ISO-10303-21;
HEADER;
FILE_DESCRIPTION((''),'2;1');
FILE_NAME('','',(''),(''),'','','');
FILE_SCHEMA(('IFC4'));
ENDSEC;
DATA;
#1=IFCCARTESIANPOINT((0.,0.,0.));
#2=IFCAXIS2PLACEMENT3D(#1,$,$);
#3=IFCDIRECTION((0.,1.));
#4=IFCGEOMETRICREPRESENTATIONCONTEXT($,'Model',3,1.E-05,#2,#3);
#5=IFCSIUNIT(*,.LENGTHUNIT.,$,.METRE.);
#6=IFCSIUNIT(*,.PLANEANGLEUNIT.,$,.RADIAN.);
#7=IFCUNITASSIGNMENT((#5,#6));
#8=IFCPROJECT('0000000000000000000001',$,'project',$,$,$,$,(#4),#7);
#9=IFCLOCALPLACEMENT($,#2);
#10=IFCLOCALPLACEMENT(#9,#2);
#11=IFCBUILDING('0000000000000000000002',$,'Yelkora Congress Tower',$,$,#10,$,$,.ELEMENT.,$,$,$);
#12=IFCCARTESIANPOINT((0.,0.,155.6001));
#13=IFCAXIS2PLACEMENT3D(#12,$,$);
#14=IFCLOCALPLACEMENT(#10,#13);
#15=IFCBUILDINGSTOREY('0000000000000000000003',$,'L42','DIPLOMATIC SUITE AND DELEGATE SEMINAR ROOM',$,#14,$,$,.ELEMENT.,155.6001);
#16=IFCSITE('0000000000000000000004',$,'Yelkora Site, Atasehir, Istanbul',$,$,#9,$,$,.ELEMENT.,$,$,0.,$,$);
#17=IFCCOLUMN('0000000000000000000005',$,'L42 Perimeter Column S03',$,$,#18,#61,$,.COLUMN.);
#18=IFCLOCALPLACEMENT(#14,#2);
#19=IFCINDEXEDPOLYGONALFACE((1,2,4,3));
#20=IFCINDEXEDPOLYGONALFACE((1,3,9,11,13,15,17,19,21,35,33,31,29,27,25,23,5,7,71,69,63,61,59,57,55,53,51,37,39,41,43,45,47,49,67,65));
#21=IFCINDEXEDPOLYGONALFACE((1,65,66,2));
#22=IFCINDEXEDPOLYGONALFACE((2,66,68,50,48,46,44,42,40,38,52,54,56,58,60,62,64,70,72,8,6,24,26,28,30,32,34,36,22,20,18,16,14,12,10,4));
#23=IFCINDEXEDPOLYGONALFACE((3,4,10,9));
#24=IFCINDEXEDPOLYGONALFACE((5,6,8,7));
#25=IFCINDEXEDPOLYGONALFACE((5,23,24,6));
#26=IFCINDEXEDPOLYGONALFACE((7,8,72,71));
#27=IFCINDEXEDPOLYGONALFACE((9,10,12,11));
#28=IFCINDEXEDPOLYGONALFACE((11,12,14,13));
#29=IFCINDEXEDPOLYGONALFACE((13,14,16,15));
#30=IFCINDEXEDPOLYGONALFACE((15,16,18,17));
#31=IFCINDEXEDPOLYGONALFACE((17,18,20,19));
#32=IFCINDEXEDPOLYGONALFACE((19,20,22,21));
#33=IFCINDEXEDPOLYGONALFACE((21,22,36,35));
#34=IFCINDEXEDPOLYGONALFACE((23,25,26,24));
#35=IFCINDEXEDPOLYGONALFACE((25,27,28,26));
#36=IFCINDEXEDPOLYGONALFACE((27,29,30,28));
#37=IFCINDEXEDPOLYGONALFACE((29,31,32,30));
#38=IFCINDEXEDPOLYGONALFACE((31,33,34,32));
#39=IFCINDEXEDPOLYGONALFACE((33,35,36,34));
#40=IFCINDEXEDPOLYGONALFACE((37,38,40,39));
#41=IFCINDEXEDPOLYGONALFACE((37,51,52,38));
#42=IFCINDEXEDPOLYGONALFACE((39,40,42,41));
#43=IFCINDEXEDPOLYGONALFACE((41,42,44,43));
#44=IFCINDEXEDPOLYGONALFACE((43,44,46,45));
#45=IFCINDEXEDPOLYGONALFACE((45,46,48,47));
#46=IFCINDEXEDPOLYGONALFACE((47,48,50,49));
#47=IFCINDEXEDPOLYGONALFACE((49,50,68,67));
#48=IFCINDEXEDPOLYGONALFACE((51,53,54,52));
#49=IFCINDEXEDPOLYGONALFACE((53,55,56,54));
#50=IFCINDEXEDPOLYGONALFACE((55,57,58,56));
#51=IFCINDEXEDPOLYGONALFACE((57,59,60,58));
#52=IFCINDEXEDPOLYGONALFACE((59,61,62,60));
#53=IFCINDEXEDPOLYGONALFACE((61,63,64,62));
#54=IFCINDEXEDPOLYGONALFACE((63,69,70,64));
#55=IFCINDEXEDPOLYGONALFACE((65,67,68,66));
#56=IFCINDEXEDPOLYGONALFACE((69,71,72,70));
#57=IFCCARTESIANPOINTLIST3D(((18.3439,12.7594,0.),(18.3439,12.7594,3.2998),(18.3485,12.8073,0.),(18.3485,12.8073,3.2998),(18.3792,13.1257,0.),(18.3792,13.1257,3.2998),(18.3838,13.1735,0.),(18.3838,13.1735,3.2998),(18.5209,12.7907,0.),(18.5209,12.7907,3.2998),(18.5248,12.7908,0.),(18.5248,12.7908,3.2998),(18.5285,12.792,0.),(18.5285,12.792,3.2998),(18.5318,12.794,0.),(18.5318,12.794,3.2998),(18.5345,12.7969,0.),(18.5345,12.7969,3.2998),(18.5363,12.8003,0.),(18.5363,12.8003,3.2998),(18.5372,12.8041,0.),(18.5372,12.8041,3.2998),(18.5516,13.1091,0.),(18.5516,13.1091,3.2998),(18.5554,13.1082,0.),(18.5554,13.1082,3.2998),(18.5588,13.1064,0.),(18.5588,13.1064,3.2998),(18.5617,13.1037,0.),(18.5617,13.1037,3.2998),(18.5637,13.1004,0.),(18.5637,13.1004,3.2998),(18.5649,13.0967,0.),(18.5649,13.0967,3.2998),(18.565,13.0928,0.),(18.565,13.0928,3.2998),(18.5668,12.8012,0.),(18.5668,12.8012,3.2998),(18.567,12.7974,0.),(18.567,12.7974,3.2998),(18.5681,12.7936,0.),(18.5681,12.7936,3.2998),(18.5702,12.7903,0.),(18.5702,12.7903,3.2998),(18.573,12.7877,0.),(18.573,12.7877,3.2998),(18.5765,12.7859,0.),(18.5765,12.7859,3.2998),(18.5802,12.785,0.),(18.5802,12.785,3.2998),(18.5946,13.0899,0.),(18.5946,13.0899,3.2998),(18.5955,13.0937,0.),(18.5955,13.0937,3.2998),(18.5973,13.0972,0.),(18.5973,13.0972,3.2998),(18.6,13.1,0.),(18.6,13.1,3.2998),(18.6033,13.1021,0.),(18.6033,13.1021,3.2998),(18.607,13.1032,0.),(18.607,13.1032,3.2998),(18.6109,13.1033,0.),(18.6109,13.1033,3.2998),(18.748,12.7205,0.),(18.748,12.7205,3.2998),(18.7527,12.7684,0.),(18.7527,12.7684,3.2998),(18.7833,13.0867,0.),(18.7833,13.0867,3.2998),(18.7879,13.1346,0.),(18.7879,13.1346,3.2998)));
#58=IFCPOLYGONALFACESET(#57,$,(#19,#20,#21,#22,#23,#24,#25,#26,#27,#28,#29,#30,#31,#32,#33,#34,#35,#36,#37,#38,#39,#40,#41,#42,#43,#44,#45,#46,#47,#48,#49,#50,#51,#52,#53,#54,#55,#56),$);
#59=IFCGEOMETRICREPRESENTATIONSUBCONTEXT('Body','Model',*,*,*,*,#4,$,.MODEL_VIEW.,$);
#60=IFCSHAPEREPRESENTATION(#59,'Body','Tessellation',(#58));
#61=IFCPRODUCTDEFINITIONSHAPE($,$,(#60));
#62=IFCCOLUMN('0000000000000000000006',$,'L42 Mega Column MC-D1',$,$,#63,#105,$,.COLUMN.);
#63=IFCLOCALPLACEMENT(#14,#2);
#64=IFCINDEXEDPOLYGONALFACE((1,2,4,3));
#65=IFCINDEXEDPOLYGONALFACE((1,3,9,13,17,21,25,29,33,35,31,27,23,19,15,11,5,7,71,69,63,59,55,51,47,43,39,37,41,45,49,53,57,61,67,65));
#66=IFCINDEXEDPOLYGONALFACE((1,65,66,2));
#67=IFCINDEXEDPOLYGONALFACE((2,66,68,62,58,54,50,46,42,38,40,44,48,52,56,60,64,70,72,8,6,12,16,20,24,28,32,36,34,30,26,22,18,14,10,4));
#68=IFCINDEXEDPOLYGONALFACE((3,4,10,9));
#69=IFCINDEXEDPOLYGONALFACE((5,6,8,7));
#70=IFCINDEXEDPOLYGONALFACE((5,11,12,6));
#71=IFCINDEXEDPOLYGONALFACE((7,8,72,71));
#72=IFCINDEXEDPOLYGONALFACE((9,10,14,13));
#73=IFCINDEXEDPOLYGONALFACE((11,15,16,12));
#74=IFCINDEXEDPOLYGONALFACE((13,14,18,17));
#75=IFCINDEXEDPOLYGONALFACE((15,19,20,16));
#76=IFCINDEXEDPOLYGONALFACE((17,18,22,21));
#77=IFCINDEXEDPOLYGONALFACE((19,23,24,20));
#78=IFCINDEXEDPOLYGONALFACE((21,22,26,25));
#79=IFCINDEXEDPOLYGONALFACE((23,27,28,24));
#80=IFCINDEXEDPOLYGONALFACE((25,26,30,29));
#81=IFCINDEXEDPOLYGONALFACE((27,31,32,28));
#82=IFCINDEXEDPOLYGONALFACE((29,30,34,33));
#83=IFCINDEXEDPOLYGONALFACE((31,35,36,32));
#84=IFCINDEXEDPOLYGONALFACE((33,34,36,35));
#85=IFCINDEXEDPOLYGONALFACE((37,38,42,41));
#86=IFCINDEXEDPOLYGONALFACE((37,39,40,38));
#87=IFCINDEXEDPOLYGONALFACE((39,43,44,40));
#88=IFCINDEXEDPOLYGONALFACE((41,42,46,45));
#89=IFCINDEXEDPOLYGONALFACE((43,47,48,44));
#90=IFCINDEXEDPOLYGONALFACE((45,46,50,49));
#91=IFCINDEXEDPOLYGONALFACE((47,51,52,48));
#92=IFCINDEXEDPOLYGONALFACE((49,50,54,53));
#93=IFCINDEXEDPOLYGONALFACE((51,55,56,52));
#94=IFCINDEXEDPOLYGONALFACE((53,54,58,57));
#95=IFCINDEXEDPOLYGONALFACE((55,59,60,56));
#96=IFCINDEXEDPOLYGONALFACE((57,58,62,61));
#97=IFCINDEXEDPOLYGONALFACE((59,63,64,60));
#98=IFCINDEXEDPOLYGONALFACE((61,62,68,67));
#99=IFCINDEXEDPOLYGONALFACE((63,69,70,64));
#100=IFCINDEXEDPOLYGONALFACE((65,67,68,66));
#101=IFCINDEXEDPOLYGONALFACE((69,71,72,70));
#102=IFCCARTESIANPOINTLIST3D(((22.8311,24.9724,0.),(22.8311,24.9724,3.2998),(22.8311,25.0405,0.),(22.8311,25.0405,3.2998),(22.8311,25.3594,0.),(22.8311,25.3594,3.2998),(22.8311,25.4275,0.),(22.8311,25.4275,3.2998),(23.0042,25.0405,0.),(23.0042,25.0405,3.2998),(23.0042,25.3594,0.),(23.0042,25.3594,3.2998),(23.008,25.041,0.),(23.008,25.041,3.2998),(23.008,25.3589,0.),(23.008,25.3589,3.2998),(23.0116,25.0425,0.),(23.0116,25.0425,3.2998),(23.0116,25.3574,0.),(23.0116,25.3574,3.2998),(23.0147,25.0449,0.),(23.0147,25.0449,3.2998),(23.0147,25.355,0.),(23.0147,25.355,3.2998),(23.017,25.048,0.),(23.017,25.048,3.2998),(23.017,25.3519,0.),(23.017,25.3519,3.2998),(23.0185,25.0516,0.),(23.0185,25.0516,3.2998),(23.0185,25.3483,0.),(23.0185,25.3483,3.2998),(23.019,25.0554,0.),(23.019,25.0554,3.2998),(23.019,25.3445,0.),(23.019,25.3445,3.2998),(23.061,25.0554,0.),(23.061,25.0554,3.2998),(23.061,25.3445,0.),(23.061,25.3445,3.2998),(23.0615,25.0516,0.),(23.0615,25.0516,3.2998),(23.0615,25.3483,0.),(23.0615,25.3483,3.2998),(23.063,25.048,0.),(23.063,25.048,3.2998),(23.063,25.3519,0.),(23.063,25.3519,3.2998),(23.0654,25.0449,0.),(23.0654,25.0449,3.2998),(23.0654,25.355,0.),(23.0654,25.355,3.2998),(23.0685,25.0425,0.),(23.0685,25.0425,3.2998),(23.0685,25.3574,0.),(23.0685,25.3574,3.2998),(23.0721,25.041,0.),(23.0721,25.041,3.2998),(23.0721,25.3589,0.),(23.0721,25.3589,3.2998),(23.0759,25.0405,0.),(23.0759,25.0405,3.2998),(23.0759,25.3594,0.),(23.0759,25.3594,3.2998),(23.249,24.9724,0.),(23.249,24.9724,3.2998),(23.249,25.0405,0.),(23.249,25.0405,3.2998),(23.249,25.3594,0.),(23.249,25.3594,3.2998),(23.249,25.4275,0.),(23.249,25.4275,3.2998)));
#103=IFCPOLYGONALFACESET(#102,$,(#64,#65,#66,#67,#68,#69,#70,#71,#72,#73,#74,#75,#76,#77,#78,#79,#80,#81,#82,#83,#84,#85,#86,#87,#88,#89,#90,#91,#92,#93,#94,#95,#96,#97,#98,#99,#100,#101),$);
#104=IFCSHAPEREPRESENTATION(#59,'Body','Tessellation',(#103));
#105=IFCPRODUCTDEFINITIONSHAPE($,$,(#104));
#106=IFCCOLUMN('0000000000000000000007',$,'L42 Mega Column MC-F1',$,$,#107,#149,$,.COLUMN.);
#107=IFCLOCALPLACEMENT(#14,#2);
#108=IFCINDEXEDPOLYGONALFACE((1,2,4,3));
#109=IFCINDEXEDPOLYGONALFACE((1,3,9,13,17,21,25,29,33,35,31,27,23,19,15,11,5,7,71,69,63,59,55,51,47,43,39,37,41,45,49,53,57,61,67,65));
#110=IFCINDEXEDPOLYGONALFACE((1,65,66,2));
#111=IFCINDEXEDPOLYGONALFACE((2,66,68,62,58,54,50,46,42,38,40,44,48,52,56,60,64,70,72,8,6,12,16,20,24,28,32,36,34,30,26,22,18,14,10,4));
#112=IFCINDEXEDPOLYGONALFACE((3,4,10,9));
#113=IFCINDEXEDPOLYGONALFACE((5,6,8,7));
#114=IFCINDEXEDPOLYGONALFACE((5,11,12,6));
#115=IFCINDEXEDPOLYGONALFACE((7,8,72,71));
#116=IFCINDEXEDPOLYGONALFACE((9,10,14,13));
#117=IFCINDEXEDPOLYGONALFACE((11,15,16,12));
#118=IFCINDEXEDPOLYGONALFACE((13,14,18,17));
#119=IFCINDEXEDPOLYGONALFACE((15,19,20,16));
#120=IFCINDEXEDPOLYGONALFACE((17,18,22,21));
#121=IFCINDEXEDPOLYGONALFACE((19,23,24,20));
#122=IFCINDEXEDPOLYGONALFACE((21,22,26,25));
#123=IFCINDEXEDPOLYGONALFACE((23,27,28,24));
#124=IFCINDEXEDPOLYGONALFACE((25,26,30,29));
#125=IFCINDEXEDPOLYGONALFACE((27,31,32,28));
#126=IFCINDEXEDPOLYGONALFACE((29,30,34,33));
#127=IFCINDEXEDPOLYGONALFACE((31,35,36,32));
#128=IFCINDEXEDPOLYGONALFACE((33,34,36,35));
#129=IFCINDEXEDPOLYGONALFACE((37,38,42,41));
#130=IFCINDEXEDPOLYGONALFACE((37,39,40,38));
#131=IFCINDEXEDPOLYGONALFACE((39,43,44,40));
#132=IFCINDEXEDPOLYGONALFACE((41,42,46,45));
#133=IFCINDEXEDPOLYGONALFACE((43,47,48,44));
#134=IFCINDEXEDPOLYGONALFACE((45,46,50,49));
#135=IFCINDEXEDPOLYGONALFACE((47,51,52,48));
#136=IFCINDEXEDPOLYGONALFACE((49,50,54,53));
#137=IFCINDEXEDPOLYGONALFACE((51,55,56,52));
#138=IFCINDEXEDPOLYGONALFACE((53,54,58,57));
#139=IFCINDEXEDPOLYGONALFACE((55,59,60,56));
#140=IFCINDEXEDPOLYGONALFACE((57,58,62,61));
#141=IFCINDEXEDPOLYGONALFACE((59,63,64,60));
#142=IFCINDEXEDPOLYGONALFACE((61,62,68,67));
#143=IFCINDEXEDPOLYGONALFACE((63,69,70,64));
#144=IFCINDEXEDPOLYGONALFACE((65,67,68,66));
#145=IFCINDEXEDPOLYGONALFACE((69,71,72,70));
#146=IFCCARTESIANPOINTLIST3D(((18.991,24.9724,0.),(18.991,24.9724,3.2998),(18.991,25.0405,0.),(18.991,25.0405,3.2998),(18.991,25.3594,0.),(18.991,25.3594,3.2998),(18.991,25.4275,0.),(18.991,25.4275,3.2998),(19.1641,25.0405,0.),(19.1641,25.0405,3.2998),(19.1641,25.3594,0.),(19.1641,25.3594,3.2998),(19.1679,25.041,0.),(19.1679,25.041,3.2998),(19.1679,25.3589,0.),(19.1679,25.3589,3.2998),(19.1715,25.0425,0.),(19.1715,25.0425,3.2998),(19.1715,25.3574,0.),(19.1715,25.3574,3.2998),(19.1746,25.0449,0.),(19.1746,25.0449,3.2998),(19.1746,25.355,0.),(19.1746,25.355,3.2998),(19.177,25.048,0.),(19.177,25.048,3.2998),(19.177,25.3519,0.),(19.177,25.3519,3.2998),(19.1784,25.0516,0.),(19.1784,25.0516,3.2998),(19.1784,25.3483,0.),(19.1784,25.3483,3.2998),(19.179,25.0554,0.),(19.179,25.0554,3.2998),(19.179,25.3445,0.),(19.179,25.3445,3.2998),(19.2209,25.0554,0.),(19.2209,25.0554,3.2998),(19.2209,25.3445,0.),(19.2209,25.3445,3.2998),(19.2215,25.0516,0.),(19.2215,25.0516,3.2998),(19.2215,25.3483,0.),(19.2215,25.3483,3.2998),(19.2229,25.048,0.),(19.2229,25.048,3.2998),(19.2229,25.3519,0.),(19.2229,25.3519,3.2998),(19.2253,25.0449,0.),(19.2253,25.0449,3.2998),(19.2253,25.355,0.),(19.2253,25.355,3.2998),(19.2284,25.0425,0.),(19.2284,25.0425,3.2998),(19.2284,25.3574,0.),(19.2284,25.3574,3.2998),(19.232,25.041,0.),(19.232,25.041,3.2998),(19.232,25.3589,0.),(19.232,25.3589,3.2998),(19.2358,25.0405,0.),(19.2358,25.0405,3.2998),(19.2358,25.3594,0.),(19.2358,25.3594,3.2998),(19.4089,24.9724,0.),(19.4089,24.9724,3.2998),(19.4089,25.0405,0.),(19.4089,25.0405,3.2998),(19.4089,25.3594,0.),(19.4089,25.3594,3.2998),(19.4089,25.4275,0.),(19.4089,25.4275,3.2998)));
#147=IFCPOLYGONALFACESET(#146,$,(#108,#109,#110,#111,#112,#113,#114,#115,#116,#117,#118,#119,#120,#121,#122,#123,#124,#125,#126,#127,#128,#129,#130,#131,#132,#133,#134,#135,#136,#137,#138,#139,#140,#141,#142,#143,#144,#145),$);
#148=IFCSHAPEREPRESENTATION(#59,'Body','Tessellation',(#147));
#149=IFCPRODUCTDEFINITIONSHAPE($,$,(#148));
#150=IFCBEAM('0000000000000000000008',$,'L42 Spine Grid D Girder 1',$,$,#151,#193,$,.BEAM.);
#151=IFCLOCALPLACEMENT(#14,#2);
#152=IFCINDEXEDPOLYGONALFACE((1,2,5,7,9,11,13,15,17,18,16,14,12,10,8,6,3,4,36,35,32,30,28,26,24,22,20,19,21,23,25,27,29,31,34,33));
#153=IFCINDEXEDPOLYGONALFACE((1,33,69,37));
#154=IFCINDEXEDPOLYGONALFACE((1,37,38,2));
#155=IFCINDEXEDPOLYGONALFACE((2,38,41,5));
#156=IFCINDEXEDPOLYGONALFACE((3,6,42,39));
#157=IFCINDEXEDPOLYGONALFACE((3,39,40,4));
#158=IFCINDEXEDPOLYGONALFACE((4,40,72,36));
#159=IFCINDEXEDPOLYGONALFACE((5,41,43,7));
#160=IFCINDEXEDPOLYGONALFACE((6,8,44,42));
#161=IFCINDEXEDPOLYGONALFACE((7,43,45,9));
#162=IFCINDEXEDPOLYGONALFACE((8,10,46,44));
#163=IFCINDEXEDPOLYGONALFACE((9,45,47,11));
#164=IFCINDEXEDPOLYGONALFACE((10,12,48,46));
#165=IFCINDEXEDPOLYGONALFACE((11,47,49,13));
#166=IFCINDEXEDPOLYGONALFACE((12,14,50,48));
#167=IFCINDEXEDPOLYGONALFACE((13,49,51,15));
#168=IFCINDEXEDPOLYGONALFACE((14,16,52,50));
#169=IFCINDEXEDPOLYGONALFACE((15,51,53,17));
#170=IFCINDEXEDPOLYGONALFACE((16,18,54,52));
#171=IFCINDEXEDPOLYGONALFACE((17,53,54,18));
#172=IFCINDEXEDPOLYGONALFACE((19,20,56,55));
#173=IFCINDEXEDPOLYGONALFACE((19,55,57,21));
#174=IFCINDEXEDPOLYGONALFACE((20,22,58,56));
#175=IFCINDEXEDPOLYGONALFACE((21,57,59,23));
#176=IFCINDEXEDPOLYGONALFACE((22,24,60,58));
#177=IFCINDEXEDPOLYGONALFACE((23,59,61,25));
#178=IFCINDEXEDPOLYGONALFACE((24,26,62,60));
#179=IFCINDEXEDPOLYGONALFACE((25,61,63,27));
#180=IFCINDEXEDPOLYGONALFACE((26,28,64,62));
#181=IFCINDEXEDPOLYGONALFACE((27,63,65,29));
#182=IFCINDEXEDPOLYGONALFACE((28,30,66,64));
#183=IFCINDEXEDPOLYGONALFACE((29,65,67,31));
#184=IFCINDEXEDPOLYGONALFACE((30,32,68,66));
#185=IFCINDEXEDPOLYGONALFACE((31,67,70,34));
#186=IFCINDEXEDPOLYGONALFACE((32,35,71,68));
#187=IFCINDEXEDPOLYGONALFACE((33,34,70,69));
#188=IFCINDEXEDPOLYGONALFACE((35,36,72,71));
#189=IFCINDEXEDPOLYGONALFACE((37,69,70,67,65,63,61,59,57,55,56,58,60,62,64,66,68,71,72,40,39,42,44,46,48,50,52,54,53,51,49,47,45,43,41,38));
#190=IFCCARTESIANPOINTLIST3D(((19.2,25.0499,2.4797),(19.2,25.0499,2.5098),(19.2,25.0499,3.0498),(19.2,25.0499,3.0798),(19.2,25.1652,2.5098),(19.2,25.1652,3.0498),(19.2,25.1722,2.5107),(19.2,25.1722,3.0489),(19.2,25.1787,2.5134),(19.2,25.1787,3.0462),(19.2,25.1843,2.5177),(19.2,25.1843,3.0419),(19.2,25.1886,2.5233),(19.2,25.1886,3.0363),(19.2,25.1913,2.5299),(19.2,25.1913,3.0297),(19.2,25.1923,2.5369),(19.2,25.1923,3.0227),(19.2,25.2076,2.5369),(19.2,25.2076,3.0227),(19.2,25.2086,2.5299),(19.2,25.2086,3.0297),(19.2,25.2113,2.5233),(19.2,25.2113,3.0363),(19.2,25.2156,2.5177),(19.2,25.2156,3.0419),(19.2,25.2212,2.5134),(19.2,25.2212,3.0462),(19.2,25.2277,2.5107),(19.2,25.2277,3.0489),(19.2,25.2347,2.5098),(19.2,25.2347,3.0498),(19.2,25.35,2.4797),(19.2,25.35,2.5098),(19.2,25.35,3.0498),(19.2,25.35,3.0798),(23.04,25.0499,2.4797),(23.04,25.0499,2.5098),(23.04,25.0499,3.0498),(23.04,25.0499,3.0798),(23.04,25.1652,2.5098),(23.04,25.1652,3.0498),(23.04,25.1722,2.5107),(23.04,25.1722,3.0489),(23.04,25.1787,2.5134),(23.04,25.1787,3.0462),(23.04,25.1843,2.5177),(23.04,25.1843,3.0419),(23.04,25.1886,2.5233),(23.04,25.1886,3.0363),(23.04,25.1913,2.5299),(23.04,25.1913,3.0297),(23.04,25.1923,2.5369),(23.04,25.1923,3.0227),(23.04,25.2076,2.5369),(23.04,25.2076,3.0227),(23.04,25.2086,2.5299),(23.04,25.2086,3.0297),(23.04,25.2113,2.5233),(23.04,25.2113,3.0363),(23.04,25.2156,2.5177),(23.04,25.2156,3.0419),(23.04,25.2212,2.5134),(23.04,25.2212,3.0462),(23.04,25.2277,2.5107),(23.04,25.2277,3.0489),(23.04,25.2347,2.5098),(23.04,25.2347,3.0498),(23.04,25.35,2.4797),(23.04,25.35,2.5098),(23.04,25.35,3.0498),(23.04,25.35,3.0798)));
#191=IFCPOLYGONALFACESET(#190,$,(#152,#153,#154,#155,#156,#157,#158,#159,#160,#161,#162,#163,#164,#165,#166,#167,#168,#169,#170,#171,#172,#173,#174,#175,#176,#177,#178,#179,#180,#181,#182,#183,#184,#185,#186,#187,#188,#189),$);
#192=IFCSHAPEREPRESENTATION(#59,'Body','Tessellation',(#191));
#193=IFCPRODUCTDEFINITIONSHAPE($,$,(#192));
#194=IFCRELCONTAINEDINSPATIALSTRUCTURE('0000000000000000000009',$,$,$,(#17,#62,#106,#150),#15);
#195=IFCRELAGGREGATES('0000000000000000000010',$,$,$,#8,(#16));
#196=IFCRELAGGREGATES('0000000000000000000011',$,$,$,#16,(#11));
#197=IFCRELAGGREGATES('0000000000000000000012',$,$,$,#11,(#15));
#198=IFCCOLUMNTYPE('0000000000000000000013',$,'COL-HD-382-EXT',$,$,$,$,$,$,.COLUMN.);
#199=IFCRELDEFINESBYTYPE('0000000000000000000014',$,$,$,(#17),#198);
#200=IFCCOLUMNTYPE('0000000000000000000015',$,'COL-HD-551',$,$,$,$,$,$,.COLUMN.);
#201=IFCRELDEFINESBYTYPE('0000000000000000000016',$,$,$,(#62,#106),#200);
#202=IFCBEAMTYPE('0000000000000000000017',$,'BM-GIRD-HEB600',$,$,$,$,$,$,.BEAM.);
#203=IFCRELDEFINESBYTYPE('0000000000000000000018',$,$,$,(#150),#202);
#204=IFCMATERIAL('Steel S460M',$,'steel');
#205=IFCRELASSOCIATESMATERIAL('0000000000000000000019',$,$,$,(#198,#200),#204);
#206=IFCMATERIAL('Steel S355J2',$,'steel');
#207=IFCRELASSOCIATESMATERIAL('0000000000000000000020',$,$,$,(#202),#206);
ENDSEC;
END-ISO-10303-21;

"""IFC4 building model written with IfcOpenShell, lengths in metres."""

from ifc_helpers import new_model, si_unit, direction, frame, origin, origin_2d, place, context, subcontext, project, spatial, i_section, extrude, material, material_profile, profile_set, type_object, element, save


model = new_model("IFC4")

# Units and contexts
model_context = context("Model", 3, precision=1e-05, world=origin(), true_north=direction((0.0, 1.0)))
body_context = subcontext(model_context, "Body", "Model", "MODEL_VIEW")
ifc_project = project(units=[si_unit("LENGTHUNIT", "METRE"), si_unit("PLANEANGLEUNIT", "RADIAN")], contexts=[model_context])

# Site, building, storey
site_placement = place(None, origin())
site = spatial("IfcSite", under=ifc_project, at=site_placement, Name="Yelkora Site, Atasehir, Istanbul", CompositionType="ELEMENT", RefElevation=0.0)
building_placement = place(site_placement, origin())
building = spatial("IfcBuilding", under=site, at=building_placement, Name="Yelkora Congress Tower", CompositionType="ELEMENT")
storey_placement = place(building_placement, frame((0.0, 0.0, 155.6001)))
storey = spatial("IfcBuildingStorey", under=building, at=storey_placement, Name="L42", Description="DIPLOMATIC SUITE AND DELEGATE SEMINAR ROOM", CompositionType="ELEMENT", Elevation=155.6001)

# Columns
ifc_material_1 = material(Name="Steel S460M", Category="steel")
ifc_material_profile_1 = material_profile(ifc_material_1, i_section(OverallWidth=0.406, OverallDepth=0.416, WebThickness=0.0298, FlangeThickness=0.0481, FilletRadius=0.0149, at=origin_2d()), Name="HD 400x382")
ifc_profile_set_1 = profile_set([ifc_material_profile_1], Name="Steel S460M")
column_type_1 = type_object("IfcColumnType", Name="COL-HD-382-EXT", PredefinedType="COLUMN", material=ifc_profile_set_1)
column_placement = place(storey_placement, frame((18.5659, 12.947, 0.0), z_axis=(0.0, 0.0, 1.0), x_axis=(0.995396, -0.095846, 0.0)))
element("IfcColumn", 1, at=column_placement, inside=storey, type_object=column_type_1, Name="L42 Perimeter Column S03", PredefinedType="COLUMN", context=body_context, shape_type="SweptSolid", body=[
    extrude(i_section(OverallWidth=0.406, OverallDepth=0.416, WebThickness=0.0298, FlangeThickness=0.0481, FilletRadius=0.0149, at=origin_2d()), origin(), (0.0, 0.0, 1.0), 3.2998),
])
ifc_material_profile_2 = material_profile(ifc_material_1, i_section(OverallWidth=0.418, OverallDepth=0.4551, WebThickness=0.042, FlangeThickness=0.0681, FilletRadius=0.0149, at=origin_2d()), Name="HD 400x551")
ifc_profile_set_2 = profile_set([ifc_material_profile_2], Name="Steel S460M")
column_type_2 = type_object("IfcColumnType", Name="COL-HD-551", PredefinedType="COLUMN", material=ifc_profile_set_2)
for number, where, z_axis, x_axis, name in (
    (2, (23.04, 25.2, 0.0), (0.0, 0.0, 1.0), (1.0, 0.0, 0.0), "L42 Mega Column MC-D1"),
    (3, (19.2, 25.2, 0.0), (0.0, 0.0, 1.0), (1.0, 0.0, 0.0), "L42 Mega Column MC-F1"),
):
    element("IfcColumn", number, at=place(storey_placement, frame(where, z_axis=z_axis, x_axis=x_axis)), inside=storey, type_object=column_type_2, Name=name, PredefinedType="COLUMN", context=body_context, shape_type="SweptSolid", body=[
        extrude(i_section(OverallWidth=0.418, OverallDepth=0.4551, WebThickness=0.042, FlangeThickness=0.0681, FilletRadius=0.0149, at=origin_2d()), origin(), (0.0, 0.0, 1.0), 3.2998),
    ])

# Beam
ifc_material_2 = material(Name="Steel S355J2", Category="steel")
ifc_material_profile_3 = material_profile(ifc_material_2, i_section(OverallWidth=0.3, OverallDepth=0.6001, WebThickness=0.0154, FlangeThickness=0.03, FilletRadius=0.0271, at=origin_2d()), Name="HEB 600")
ifc_profile_set_3 = profile_set([ifc_material_profile_3], Name="Steel S355J2")
beam_type_1 = type_object("IfcBeamType", Name="BM-GIRD-HEB600", PredefinedType="BEAM", material=ifc_profile_set_3)
beam_1_placement = place(storey_placement, frame((19.2, 25.2, 2.7798), z_axis=(1.0, 0.0, 0.0), x_axis=(0.0, 1.0, 0.0)))
element("IfcBeam", 4, at=beam_1_placement, inside=storey, type_object=beam_type_1, Name="L42 Spine Grid D Girder 1", PredefinedType="BEAM", context=body_context, shape_type="SweptSolid", body=[
    extrude(i_section(OverallWidth=0.3, OverallDepth=0.6001, WebThickness=0.0154, FlangeThickness=0.03, FilletRadius=0.0271, at=origin_2d()), origin(), (0.0, 0.0, 1.0), 3.8401),
])

save(model, "model.ifc")
